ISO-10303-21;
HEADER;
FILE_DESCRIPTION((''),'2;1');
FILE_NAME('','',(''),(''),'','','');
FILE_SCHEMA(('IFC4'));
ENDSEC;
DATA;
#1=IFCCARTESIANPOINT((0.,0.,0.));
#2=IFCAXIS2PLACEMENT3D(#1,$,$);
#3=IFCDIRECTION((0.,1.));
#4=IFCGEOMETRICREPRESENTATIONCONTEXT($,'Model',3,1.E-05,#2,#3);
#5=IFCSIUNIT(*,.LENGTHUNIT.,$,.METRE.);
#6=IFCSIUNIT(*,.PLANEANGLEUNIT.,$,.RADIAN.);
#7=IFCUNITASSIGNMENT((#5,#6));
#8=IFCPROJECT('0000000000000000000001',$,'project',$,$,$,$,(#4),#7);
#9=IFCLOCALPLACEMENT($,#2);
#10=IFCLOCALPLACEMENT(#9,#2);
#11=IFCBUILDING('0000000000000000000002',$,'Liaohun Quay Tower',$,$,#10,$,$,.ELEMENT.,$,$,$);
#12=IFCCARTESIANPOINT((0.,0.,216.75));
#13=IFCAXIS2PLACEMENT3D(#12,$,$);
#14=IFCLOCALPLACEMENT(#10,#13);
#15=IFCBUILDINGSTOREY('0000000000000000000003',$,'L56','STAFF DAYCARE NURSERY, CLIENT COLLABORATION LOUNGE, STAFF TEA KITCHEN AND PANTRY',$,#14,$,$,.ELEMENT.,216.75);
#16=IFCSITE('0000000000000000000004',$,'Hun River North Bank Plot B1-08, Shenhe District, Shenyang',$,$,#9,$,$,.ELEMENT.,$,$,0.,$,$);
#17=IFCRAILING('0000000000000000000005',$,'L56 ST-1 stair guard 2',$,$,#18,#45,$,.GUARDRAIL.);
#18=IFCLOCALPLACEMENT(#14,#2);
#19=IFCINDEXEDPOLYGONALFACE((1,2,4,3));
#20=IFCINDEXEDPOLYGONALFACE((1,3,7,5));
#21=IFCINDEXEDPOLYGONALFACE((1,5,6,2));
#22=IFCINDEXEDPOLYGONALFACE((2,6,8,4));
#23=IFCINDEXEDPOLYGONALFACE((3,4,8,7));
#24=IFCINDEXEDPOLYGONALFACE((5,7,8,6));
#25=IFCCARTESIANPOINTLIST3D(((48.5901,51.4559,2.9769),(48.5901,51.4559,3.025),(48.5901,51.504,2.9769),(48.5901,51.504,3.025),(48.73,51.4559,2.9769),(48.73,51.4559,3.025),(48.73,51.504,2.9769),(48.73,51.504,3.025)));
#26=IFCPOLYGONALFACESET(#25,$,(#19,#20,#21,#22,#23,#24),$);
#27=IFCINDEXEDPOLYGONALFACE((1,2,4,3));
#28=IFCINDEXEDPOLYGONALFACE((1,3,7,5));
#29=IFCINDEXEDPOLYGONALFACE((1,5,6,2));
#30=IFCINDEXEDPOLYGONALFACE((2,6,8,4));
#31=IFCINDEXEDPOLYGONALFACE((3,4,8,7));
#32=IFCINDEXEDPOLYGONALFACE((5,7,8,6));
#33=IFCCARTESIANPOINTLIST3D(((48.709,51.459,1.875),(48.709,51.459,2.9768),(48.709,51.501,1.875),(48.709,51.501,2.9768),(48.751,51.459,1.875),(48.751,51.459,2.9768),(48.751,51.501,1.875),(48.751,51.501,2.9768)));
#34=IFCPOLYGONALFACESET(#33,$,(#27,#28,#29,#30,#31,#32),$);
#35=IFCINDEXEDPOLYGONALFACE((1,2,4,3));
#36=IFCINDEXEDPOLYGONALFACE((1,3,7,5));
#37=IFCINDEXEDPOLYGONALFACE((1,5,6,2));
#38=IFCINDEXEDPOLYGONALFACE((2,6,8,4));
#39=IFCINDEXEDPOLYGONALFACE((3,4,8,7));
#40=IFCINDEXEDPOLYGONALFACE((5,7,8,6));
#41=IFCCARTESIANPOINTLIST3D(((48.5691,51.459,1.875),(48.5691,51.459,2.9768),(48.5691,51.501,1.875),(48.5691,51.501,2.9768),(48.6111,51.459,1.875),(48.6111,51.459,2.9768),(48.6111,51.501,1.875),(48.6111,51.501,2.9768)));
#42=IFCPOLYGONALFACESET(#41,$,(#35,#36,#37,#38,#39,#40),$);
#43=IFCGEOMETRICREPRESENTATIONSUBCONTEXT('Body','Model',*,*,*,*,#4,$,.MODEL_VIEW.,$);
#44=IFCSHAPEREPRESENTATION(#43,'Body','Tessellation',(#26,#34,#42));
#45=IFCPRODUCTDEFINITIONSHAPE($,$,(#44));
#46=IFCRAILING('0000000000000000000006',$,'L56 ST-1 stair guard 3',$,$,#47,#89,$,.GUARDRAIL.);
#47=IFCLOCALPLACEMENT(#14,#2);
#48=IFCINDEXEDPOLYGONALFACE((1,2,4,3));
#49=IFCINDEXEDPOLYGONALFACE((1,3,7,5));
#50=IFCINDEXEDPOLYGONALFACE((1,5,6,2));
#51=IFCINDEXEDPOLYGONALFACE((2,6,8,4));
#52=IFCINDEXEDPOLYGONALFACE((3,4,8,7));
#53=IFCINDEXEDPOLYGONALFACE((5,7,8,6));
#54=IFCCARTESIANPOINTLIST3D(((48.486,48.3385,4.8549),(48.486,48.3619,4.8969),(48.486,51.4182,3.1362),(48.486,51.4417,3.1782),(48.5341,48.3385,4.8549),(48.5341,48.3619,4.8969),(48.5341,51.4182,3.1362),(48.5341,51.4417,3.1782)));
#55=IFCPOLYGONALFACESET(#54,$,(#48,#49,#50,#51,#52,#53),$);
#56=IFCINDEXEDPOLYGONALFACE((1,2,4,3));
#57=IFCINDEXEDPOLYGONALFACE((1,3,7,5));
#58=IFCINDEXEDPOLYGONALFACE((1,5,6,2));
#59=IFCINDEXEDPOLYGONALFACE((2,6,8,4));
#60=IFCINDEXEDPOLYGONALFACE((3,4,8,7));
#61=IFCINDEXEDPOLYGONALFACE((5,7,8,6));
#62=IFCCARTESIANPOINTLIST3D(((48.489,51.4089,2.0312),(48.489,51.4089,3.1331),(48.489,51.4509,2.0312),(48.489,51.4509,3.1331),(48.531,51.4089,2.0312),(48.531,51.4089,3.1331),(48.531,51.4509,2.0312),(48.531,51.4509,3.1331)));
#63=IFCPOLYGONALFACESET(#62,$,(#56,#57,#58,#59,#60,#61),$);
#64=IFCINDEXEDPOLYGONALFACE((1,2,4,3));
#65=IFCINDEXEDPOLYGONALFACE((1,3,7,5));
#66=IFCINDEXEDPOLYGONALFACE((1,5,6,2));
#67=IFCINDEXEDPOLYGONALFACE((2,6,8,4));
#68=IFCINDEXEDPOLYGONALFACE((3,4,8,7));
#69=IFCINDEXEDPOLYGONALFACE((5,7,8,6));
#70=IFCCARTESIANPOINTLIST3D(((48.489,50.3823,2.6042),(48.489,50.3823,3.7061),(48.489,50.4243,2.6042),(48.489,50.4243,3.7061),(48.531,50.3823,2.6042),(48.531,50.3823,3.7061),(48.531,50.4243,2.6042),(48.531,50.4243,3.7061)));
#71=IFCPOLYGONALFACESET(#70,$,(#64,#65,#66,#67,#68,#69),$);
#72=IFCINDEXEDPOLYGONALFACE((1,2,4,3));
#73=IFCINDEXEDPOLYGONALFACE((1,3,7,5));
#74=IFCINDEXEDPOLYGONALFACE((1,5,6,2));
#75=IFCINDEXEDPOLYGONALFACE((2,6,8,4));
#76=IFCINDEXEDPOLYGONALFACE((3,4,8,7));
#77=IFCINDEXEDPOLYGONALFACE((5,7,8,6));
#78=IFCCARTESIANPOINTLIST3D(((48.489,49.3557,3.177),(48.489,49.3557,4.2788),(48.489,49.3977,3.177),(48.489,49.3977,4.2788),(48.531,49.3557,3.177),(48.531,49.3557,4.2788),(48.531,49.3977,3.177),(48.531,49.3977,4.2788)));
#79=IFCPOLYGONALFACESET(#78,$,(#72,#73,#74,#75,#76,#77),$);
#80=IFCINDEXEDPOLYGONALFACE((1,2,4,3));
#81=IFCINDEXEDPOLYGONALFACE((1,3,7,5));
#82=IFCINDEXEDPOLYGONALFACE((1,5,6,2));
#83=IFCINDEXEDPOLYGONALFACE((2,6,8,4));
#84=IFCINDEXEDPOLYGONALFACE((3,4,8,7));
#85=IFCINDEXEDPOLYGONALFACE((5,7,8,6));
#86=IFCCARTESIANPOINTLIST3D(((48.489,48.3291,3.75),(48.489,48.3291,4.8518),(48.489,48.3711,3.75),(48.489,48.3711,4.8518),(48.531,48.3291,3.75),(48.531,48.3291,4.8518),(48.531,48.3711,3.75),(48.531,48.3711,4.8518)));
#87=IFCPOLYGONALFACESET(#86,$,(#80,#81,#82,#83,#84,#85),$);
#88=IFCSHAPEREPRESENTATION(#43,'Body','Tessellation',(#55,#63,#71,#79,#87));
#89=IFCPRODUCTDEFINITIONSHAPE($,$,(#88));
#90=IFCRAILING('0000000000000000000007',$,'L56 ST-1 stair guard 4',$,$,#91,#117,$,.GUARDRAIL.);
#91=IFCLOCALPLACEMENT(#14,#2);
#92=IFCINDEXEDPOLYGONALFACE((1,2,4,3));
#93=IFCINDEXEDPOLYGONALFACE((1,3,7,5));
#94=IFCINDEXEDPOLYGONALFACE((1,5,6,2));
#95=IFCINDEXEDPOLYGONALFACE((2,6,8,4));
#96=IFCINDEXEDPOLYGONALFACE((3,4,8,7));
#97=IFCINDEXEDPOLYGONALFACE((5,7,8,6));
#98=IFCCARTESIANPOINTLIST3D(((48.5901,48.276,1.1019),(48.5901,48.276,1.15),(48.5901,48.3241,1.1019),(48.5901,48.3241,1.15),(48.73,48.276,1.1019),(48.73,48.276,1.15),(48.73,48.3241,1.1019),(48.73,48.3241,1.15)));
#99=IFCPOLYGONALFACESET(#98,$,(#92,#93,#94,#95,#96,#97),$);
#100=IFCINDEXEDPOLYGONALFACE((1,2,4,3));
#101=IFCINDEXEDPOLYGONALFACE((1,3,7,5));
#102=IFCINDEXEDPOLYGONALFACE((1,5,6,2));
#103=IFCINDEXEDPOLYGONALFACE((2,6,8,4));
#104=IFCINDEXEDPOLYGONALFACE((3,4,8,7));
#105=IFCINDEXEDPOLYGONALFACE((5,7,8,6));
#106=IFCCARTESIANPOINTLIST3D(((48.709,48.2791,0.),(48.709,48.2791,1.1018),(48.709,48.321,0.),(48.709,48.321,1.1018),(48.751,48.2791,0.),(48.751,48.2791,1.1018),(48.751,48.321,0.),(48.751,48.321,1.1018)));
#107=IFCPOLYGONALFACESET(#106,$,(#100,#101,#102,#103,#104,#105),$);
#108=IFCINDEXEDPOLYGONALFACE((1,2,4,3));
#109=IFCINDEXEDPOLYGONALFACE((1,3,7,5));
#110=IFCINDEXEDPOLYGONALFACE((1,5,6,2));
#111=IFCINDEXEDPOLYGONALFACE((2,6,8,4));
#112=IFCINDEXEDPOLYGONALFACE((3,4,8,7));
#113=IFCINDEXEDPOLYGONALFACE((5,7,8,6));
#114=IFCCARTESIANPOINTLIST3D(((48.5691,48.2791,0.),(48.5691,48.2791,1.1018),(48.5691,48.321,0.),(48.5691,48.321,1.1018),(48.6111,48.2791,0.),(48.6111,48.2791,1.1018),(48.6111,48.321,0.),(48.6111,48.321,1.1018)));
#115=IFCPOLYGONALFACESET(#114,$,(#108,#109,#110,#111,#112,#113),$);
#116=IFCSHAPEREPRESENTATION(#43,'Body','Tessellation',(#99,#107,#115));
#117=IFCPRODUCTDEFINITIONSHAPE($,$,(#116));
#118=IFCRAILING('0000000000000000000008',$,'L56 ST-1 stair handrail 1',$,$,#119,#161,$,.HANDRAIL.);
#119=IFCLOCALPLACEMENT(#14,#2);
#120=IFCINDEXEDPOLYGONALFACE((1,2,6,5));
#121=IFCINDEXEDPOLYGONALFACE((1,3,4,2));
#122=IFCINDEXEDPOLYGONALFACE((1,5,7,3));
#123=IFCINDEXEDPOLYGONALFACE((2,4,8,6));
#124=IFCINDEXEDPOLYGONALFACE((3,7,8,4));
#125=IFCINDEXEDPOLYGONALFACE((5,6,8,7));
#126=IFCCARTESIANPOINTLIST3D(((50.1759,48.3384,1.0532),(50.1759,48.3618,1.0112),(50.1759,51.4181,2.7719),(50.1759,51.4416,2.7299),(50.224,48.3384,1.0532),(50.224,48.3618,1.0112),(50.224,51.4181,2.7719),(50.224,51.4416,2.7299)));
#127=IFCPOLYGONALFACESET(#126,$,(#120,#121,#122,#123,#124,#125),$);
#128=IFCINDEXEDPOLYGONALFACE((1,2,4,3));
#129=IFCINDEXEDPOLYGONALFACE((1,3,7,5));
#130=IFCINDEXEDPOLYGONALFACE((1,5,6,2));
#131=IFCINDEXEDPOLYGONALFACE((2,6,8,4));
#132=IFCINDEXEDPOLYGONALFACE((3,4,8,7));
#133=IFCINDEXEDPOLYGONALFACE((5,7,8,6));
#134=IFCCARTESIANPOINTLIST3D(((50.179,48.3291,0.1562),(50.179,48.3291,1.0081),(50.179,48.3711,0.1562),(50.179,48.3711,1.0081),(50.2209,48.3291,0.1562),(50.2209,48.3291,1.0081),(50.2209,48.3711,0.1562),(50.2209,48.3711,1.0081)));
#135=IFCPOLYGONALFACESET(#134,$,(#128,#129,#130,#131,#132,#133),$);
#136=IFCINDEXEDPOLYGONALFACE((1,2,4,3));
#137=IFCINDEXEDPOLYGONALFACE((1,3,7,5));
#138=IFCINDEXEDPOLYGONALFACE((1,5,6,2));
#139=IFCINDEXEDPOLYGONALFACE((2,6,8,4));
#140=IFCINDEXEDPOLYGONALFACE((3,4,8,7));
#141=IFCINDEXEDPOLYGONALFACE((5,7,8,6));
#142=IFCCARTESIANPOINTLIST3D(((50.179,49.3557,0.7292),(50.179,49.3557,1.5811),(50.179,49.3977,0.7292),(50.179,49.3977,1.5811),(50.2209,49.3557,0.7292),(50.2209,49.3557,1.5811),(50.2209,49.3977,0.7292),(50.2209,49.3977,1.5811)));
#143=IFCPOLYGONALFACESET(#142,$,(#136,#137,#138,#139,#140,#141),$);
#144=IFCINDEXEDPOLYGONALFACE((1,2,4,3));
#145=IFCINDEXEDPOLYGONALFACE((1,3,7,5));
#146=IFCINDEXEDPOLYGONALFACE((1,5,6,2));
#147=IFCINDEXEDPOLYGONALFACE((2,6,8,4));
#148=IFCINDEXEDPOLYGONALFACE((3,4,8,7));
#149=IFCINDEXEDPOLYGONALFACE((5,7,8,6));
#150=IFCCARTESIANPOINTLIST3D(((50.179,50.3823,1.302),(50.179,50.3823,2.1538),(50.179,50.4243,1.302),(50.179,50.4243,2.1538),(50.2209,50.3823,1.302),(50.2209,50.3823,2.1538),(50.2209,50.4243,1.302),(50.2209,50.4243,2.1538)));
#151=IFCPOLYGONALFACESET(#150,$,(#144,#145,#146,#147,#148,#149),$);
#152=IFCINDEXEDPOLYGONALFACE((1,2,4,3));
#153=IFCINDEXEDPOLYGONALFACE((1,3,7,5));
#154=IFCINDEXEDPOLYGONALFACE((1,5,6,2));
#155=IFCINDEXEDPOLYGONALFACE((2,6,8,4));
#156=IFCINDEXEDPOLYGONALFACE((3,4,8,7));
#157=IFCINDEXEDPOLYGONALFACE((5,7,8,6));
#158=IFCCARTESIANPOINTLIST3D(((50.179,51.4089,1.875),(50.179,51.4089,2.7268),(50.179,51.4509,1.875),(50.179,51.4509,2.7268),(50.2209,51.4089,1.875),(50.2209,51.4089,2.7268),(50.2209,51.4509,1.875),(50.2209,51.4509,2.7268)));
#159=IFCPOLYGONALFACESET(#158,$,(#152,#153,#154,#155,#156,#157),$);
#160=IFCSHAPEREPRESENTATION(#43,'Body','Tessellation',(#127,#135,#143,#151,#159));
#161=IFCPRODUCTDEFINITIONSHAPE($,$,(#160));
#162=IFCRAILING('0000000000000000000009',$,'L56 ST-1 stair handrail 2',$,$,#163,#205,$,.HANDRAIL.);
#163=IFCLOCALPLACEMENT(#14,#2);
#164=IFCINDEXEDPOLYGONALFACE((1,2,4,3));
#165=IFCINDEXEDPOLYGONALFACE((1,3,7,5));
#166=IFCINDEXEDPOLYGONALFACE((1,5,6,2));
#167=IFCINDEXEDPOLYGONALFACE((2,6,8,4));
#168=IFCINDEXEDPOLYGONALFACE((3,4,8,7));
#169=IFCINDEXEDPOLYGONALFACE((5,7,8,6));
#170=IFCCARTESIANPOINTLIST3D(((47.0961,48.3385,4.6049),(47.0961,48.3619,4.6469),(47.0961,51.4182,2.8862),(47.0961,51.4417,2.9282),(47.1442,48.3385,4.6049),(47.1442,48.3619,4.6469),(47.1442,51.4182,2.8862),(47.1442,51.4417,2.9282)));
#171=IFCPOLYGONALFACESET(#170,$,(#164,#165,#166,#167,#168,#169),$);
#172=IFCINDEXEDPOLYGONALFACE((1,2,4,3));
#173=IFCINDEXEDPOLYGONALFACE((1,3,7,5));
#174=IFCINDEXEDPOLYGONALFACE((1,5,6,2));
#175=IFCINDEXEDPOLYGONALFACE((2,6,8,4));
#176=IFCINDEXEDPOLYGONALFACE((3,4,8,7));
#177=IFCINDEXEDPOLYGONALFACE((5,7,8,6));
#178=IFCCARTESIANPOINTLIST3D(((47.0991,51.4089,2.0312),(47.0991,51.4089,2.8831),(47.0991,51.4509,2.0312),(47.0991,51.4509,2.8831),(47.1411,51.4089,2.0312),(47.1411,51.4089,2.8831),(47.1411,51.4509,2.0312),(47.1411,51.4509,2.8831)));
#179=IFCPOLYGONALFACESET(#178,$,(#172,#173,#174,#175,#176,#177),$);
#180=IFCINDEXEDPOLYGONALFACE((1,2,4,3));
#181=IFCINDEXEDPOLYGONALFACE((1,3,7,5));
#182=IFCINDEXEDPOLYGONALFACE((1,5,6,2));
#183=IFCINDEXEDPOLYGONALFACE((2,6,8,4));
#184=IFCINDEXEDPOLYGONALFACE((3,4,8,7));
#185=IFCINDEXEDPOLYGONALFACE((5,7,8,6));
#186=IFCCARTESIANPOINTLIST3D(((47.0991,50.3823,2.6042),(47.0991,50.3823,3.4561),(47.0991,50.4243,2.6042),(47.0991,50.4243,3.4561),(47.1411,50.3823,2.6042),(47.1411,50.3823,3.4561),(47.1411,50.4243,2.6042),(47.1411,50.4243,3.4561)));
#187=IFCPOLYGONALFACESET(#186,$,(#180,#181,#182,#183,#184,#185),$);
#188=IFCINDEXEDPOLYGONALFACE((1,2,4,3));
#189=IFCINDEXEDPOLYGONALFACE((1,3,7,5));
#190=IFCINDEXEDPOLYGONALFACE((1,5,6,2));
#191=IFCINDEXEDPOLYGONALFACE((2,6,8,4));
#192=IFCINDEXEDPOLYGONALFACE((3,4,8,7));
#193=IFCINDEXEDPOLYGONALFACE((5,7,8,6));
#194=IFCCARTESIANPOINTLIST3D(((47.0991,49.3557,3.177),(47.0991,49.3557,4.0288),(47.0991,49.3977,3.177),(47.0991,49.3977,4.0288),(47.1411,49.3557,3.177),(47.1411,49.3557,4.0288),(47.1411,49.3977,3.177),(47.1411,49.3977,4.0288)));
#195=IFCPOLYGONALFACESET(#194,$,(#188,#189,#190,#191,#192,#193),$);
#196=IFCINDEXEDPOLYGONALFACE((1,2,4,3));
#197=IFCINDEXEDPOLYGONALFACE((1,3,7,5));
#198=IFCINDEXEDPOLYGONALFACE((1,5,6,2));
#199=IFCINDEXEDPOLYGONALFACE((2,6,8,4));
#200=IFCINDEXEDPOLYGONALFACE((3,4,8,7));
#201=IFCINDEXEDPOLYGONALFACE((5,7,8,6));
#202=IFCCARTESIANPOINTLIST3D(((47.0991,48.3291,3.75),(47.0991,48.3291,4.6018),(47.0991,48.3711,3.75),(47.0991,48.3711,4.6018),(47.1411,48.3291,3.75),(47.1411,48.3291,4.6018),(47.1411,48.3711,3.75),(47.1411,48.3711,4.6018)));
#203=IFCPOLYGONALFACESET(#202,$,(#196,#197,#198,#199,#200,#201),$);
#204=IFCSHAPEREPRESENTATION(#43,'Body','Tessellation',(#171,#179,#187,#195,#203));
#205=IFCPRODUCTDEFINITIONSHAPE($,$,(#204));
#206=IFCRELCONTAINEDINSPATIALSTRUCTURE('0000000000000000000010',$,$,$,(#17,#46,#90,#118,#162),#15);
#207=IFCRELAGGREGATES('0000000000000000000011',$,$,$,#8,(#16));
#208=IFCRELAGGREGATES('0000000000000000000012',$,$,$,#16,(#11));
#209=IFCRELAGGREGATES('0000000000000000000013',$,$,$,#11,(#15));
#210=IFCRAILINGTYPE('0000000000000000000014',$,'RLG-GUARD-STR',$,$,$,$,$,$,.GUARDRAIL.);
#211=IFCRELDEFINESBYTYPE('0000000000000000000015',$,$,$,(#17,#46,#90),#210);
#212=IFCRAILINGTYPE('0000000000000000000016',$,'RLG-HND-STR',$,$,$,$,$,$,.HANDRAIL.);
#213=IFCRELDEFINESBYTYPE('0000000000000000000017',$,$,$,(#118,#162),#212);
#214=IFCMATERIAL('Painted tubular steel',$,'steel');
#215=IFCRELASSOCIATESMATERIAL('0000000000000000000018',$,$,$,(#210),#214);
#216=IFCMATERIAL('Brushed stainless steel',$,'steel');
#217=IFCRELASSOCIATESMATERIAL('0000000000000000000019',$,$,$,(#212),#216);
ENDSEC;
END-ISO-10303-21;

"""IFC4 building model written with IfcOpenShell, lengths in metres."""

from ifc_helpers import new_model, si_unit, direction, frame, origin, origin_2d, place, context, subcontext, project, spatial, rectangle, extrude, material, type_object, element, save


model = new_model("IFC4")

# Units and contexts
model_context = context("Model", 3, precision=1e-05, world=origin(), true_north=direction((0.0, 1.0)))
body_context = subcontext(model_context, "Body", "Model", "MODEL_VIEW")
ifc_project = project(units=[si_unit("LENGTHUNIT", "METRE"), si_unit("PLANEANGLEUNIT", "RADIAN")], contexts=[model_context])

# Site, building, storey
site_placement = place(None, origin())
site = spatial("IfcSite", under=ifc_project, at=site_placement, Name="Hun River North Bank Plot B1-08, Shenhe District, Shenyang", CompositionType="ELEMENT", RefElevation=0.0)
building_placement = place(site_placement, origin())
building = spatial("IfcBuilding", under=site, at=building_placement, Name="Liaohun Quay Tower", CompositionType="ELEMENT")
storey_placement = place(building_placement, frame((0.0, 0.0, 216.75)))
storey = spatial("IfcBuildingStorey", under=building, at=storey_placement, Name="L56", Description="STAFF DAYCARE NURSERY, CLIENT COLLABORATION LOUNGE, STAFF TEA KITCHEN AND PANTRY", CompositionType="ELEMENT", Elevation=216.75)

# Railings
ifc_material_1 = material(Name="Painted tubular steel", Category="steel")
railing_type_1 = type_object("IfcRailingType", Name="RLG-GUARD-STR", PredefinedType="GUARDRAIL", material=ifc_material_1)
railing_1_placement = place(storey_placement, frame((48.73, 51.48, 1.875)))
element("IfcRailing", 1, at=railing_1_placement, inside=storey, type_object=railing_type_1, Name="L56 ST-1 stair guard 2", PredefinedType="GUARDRAIL", context=body_context, shape_type="SweptSolid", body=[
    extrude(rectangle(XDim=0.0481, YDim=0.0481, at=origin_2d()), frame((0.0, 0.0, 1.126), z_axis=(-1.0, 0.0, 0.0), x_axis=(0.0, -1.0, 0.0)), (0.0, 0.0, 1.0), 0.1399),
    extrude(rectangle(XDim=0.042, YDim=0.042, at=origin_2d()), origin(), (0.0, 0.0, 1.0), 1.1018),
    extrude(rectangle(XDim=0.042, YDim=0.042, at=origin_2d()), frame((-0.1399, 0.0, 0.0)), (0.0, 0.0, 1.0), 1.1018),
])
railing_2_placement = place(storey_placement, frame((48.51, 51.4299, 2.0312)))
element("IfcRailing", 2, at=railing_2_placement, inside=storey, type_object=railing_type_1, Name="L56 ST-1 stair guard 3", PredefinedType="GUARDRAIL", context=body_context, shape_type="SweptSolid", body=[
    extrude(rectangle(XDim=0.0481, YDim=0.0481, at=origin_2d()), frame((0.0, 0.0, 1.126), z_axis=(0.0, -0.873225, 0.487317), x_axis=(1.0, 0.0, 0.0)), (0.0, 0.0, 1.0), 3.5269),
    extrude(rectangle(XDim=0.042, YDim=0.042, at=origin_2d()), origin(), (0.0, 0.0, 1.0), 1.1018),
    extrude(rectangle(XDim=0.042, YDim=0.042, at=origin_2d()), frame((0.0, -1.0266, 0.573)), (0.0, 0.0, 1.0), 1.1018),
    extrude(rectangle(XDim=0.042, YDim=0.042, at=origin_2d()), frame((0.0, -2.0532, 1.1458)), (0.0, 0.0, 1.0), 1.1018),
    extrude(rectangle(XDim=0.042, YDim=0.042, at=origin_2d()), frame((0.0, -3.0798, 1.7188)), (0.0, 0.0, 1.0), 1.1018),
])
railing_3_placement = place(storey_placement, frame((48.73, 48.3, 0.0)))
element("IfcRailing", 3, at=railing_3_placement, inside=storey, type_object=railing_type_1, Name="L56 ST-1 stair guard 4", PredefinedType="GUARDRAIL", context=body_context, shape_type="SweptSolid", body=[
    extrude(rectangle(XDim=0.0481, YDim=0.0481, at=origin_2d()), frame((0.0, 0.0, 1.126), z_axis=(-1.0, 0.0, 0.0), x_axis=(0.0, -1.0, 0.0)), (0.0, 0.0, 1.0), 0.1399),
    extrude(rectangle(XDim=0.042, YDim=0.042, at=origin_2d()), origin(), (0.0, 0.0, 1.0), 1.1018),
    extrude(rectangle(XDim=0.042, YDim=0.042, at=origin_2d()), frame((-0.1399, 0.0, 0.0)), (0.0, 0.0, 1.0), 1.1018),
])
ifc_material_2 = material(Name="Brushed stainless steel", Category="steel")
railing_type_2 = type_object("IfcRailingType", Name="RLG-HND-STR", PredefinedType="HANDRAIL", material=ifc_material_2)
railing_4_placement = place(storey_placement, frame((50.2, 48.3501, 0.1562)))
element("IfcRailing", 4, at=railing_4_placement, inside=storey, type_object=railing_type_2, Name="L56 ST-1 stair handrail 1", PredefinedType="HANDRAIL", context=body_context, shape_type="SweptSolid", body=[
    extrude(rectangle(XDim=0.0481, YDim=0.0481, at=origin_2d()), frame((0.0, 0.0, 0.876), z_axis=(0.0, 0.873225, 0.487317), x_axis=(-1.0, 0.0, 0.0)), (0.0, 0.0, 1.0), 3.5269),
    extrude(rectangle(XDim=0.042, YDim=0.042, at=origin_2d()), origin(), (0.0, 0.0, 1.0), 0.8518),
    extrude(rectangle(XDim=0.042, YDim=0.042, at=origin_2d()), frame((0.0, 1.0266, 0.573)), (0.0, 0.0, 1.0), 0.8518),
    extrude(rectangle(XDim=0.042, YDim=0.042, at=origin_2d()), frame((0.0, 2.0532, 1.1458)), (0.0, 0.0, 1.0), 0.8518),
    extrude(rectangle(XDim=0.042, YDim=0.042, at=origin_2d()), frame((0.0, 3.0798, 1.7188)), (0.0, 0.0, 1.0), 0.8518),
])
railing_5_placement = place(storey_placement, frame((47.1201, 51.4299, 2.0312)))
element("IfcRailing", 5, at=railing_5_placement, inside=storey, type_object=railing_type_2, Name="L56 ST-1 stair handrail 2", PredefinedType="HANDRAIL", context=body_context, shape_type="SweptSolid", body=[
    extrude(rectangle(XDim=0.0481, YDim=0.0481, at=origin_2d()), frame((0.0, 0.0, 0.876), z_axis=(0.0, -0.873225, 0.487317), x_axis=(1.0, 0.0, 0.0)), (0.0, 0.0, 1.0), 3.5269),
    extrude(rectangle(XDim=0.042, YDim=0.042, at=origin_2d()), origin(), (0.0, 0.0, 1.0), 0.8518),
    extrude(rectangle(XDim=0.042, YDim=0.042, at=origin_2d()), frame((0.0, -1.0266, 0.573)), (0.0, 0.0, 1.0), 0.8518),
    extrude(rectangle(XDim=0.042, YDim=0.042, at=origin_2d()), frame((0.0, -2.0532, 1.1458)), (0.0, 0.0, 1.0), 0.8518),
    extrude(rectangle(XDim=0.042, YDim=0.042, at=origin_2d()), frame((0.0, -3.0798, 1.7188)), (0.0, 0.0, 1.0), 0.8518),
])

save(model, "model.ifc")
